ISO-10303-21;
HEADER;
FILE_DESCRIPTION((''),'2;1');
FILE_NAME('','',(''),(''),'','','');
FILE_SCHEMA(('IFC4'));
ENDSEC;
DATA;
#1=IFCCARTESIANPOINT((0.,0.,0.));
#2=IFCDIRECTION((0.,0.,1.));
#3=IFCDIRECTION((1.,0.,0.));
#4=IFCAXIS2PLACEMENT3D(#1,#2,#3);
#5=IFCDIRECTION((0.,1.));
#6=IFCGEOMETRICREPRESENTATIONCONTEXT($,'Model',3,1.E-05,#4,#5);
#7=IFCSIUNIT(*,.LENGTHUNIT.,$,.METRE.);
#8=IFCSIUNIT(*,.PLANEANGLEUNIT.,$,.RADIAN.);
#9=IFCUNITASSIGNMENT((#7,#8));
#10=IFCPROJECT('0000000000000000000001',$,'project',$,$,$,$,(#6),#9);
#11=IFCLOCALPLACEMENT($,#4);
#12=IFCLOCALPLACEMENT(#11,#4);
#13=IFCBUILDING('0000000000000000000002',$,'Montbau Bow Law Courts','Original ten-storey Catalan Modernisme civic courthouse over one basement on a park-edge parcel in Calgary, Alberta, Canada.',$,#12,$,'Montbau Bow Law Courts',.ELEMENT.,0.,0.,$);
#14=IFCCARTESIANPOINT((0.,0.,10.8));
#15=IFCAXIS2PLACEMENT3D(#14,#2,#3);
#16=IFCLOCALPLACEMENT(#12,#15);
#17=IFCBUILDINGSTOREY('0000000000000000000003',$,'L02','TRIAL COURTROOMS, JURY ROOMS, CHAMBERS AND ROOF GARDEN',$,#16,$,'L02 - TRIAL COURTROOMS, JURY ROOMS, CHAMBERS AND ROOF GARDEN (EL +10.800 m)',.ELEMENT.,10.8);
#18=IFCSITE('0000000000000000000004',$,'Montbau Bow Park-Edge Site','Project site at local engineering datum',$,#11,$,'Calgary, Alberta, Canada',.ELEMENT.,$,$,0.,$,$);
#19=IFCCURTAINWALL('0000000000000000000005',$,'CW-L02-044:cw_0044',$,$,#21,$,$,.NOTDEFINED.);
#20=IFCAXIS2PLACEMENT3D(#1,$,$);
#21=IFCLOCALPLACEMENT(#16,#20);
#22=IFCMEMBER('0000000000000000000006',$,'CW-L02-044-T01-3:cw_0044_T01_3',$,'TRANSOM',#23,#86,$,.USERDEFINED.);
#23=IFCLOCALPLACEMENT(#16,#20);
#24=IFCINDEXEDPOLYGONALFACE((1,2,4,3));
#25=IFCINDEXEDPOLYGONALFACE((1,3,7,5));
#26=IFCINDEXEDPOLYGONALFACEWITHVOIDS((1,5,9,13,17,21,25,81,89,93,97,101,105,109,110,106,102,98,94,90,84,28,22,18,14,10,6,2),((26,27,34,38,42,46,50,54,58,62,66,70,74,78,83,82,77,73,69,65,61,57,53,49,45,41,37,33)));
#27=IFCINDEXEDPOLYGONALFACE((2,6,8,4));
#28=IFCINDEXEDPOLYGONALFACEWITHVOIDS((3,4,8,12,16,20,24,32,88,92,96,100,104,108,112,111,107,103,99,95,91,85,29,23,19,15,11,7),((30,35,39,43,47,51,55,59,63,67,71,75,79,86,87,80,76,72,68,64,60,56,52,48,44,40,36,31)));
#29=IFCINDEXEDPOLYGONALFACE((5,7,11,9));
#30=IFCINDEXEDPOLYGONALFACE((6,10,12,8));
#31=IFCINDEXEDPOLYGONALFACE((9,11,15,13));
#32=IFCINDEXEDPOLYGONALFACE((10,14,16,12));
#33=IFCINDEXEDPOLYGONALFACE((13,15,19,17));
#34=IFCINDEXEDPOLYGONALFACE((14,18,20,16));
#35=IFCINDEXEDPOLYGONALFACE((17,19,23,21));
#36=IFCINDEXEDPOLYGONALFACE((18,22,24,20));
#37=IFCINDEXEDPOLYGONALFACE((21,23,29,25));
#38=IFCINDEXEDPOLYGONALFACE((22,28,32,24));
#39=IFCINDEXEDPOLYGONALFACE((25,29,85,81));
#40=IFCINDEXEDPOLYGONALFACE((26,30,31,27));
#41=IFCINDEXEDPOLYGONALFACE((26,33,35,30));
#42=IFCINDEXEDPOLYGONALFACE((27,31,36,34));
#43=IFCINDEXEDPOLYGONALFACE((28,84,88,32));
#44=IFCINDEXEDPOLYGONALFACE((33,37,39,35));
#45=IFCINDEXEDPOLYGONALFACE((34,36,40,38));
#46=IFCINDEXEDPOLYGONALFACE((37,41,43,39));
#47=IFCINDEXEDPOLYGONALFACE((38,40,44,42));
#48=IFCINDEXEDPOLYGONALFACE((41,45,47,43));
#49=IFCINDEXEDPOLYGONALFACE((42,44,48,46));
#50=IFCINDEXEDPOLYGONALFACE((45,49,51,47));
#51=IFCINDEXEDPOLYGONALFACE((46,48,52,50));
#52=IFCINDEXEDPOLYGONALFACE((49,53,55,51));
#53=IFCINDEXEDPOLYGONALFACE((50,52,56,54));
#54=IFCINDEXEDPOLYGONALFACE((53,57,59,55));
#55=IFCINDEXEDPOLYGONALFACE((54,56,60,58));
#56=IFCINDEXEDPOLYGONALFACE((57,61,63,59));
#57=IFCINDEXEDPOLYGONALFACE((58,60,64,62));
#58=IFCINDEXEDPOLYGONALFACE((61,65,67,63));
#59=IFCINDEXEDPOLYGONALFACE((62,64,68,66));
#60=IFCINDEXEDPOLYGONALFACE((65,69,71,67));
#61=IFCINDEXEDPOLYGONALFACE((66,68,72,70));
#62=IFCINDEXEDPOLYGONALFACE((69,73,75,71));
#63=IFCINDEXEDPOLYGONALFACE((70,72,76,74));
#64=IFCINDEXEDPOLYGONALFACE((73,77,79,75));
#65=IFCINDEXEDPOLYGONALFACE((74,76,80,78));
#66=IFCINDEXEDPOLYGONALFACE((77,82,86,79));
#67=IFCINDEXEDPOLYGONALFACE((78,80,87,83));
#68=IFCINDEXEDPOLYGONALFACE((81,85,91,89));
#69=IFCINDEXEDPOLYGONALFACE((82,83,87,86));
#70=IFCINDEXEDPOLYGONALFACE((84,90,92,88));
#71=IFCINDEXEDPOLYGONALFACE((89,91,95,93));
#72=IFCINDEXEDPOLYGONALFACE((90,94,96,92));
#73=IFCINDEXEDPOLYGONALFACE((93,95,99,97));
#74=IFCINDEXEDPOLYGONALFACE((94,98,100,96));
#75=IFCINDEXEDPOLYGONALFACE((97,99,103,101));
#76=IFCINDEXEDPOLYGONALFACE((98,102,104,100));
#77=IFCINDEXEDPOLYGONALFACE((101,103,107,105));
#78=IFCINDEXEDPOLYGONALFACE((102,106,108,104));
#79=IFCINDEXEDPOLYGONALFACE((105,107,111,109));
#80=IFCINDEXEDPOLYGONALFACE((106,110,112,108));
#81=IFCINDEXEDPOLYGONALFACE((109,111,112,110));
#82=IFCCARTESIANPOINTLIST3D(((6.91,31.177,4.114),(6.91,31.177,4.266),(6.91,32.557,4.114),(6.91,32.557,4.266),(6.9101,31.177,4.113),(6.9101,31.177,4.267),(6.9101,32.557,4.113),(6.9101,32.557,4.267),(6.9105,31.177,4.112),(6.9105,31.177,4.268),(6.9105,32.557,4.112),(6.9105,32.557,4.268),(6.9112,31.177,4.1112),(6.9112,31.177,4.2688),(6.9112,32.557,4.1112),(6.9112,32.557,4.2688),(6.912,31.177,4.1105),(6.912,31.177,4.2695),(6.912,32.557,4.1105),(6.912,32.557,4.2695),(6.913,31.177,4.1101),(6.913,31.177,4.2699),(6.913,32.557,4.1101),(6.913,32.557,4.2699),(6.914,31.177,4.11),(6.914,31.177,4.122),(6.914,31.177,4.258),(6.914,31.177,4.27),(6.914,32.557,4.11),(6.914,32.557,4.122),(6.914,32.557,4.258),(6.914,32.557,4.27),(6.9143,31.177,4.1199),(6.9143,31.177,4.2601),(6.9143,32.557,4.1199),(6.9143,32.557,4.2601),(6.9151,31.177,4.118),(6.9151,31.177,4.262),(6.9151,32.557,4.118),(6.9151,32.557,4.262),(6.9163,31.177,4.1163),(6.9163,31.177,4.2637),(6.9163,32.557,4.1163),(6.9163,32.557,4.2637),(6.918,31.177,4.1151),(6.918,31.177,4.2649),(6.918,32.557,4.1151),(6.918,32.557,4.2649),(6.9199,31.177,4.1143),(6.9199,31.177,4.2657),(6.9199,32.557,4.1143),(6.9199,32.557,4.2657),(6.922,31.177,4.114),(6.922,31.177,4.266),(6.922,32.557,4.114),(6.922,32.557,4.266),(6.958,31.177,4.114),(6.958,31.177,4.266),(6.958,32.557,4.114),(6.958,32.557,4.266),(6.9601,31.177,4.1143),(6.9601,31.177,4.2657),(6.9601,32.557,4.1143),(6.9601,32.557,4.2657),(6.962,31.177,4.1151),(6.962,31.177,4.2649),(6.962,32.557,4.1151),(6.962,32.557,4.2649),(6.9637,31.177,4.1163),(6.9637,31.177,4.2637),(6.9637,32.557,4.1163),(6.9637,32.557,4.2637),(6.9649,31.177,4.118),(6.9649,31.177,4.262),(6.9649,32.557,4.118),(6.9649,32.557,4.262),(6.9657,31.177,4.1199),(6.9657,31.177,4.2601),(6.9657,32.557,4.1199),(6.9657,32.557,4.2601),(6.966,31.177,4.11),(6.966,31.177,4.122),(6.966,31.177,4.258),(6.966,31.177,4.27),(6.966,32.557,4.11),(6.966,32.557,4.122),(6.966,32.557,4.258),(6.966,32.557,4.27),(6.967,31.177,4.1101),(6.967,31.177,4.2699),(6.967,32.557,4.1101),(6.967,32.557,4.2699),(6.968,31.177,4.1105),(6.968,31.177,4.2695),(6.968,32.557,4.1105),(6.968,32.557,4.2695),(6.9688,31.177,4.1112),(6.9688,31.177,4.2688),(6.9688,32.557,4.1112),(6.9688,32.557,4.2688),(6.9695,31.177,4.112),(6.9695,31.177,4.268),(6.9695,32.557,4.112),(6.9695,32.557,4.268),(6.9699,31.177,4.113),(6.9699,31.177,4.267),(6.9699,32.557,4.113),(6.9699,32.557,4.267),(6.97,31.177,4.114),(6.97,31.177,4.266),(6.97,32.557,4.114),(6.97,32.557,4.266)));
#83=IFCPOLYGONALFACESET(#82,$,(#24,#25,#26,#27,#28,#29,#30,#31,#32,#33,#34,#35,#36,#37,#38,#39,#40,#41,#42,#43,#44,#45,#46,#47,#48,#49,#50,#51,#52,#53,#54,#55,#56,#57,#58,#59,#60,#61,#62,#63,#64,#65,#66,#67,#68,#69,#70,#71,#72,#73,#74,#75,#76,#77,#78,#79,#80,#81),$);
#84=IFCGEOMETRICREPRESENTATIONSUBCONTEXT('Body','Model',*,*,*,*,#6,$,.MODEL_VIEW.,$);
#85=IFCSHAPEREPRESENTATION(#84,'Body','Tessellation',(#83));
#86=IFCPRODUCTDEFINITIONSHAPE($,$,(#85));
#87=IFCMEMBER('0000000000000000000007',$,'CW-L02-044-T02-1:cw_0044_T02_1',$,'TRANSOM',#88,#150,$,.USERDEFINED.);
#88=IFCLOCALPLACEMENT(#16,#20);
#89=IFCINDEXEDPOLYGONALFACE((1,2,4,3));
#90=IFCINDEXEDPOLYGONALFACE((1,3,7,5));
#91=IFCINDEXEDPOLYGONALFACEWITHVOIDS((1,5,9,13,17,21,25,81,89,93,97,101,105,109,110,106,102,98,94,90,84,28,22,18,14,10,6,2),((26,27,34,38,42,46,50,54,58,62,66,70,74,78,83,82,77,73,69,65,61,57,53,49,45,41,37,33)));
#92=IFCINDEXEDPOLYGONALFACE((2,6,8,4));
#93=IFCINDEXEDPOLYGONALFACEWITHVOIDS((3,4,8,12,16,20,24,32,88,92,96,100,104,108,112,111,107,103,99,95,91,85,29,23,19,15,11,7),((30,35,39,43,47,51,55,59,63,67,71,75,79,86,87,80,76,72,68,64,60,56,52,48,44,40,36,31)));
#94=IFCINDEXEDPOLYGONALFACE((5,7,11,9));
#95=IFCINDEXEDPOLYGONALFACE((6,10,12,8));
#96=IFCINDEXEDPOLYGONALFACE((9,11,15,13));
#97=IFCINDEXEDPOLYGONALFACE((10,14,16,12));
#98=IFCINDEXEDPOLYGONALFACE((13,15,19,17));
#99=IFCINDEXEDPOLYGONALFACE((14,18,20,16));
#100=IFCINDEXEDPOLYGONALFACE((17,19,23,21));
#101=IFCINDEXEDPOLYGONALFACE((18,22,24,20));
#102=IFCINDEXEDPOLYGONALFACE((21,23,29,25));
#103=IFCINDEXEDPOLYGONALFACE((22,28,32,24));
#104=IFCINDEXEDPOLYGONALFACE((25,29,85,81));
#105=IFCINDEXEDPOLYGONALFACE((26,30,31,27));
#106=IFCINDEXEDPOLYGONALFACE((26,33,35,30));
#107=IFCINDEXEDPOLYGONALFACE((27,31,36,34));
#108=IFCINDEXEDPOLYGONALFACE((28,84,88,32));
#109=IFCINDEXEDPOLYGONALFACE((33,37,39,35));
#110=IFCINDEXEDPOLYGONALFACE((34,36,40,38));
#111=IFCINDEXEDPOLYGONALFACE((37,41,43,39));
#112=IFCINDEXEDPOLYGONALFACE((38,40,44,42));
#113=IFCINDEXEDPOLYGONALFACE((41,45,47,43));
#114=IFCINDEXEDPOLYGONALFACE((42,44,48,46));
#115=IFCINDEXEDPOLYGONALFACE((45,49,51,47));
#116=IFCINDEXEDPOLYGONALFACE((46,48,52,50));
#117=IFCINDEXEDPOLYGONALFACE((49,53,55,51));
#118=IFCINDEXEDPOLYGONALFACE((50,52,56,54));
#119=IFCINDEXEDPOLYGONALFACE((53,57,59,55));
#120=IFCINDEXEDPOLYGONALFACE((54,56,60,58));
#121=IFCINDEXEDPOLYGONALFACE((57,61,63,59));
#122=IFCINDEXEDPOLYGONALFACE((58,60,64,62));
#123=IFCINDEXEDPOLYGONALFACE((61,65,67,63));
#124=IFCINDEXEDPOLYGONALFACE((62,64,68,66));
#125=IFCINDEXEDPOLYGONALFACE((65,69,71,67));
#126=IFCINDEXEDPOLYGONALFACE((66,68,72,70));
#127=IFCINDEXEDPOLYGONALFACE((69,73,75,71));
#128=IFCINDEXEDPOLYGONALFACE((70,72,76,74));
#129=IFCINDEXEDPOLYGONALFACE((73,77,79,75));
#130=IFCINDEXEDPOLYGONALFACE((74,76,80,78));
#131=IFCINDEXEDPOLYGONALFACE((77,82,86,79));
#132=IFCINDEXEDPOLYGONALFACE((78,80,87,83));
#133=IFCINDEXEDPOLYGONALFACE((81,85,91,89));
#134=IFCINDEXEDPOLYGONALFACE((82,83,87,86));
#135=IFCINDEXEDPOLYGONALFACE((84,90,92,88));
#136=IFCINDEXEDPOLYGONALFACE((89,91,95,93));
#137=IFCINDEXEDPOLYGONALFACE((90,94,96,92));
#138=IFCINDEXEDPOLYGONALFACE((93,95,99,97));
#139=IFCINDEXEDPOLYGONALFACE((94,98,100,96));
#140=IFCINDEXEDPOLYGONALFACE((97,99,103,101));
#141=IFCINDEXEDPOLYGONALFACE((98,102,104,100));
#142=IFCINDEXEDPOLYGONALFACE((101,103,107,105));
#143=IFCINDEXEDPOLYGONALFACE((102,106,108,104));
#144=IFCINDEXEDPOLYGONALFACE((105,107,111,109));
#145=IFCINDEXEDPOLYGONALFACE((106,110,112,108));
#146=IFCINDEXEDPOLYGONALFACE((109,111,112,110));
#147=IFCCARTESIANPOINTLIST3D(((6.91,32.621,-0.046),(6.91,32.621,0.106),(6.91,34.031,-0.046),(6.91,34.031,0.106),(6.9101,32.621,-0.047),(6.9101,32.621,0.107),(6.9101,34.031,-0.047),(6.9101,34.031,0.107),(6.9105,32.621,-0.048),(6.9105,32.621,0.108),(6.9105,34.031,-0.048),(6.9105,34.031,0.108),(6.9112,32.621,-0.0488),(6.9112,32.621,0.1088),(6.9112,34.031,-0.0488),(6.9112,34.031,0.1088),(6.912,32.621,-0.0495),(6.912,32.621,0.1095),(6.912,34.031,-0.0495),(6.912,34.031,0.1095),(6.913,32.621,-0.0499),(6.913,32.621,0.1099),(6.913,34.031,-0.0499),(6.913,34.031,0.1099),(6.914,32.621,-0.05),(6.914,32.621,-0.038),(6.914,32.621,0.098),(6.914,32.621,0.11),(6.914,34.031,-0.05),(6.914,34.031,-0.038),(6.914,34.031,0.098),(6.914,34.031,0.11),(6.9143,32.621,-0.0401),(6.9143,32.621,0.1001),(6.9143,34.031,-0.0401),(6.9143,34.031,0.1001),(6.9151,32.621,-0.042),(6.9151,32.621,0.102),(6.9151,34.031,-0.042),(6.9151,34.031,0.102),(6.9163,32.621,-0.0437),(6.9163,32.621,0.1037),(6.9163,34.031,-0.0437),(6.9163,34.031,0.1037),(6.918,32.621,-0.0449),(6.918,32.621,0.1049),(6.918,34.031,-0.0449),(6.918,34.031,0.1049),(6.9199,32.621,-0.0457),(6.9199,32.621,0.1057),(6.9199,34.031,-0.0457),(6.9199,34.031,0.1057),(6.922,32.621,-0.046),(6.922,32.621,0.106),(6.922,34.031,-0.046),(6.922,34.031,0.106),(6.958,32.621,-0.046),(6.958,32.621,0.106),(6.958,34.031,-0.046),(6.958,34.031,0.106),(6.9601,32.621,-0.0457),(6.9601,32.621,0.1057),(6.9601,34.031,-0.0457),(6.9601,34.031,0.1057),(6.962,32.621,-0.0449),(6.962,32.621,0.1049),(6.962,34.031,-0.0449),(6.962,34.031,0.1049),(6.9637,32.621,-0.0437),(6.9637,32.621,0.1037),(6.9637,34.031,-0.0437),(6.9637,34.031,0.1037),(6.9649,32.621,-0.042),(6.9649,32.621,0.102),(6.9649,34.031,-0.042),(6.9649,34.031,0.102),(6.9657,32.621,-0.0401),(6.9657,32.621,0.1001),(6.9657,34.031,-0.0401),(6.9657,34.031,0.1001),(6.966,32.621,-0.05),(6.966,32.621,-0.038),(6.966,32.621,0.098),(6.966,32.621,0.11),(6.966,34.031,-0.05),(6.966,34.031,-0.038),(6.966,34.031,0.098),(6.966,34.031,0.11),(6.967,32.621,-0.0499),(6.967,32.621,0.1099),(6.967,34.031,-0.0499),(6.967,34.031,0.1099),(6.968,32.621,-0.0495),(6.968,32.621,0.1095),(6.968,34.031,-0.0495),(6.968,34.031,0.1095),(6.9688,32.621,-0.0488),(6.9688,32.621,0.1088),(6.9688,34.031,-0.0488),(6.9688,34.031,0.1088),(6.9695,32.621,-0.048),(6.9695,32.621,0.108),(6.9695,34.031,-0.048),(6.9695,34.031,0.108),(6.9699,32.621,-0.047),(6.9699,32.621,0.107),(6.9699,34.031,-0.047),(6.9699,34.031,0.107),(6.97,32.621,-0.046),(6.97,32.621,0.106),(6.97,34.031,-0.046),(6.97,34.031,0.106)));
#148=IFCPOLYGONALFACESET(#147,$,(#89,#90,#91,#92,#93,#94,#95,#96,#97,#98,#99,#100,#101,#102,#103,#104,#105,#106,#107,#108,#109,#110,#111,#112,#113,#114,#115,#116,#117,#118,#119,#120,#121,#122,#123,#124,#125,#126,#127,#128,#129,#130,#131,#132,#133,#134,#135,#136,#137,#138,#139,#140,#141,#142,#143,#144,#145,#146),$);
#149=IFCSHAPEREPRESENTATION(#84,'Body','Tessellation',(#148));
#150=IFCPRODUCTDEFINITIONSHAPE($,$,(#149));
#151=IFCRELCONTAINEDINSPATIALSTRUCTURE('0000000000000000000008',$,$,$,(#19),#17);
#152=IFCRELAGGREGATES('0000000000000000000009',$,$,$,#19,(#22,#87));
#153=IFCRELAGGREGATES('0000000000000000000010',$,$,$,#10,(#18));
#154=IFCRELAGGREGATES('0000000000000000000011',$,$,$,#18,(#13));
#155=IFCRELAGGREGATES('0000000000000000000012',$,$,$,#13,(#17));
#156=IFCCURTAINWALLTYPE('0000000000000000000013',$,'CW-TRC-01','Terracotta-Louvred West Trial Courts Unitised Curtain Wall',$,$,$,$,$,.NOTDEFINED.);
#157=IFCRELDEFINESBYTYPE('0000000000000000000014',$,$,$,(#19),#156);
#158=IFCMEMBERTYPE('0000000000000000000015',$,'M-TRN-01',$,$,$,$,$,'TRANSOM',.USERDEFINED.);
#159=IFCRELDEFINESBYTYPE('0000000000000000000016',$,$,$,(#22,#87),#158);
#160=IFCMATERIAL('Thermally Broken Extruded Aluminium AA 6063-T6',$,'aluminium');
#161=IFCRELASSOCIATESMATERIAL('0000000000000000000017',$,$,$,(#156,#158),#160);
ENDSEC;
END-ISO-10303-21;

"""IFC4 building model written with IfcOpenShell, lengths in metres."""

from ifc_helpers import new_model, si_unit, direction, frame, origin_with_axes, origin_2d_with_axis, place, context, subcontext, project, spatial, hollow_rectangle, extrude, material, material_profile, profile_set, type_object, element, aggregate, save


model = new_model("IFC4")

# Units and contexts
model_context = context("Model", 3, precision=1e-05, world=origin_with_axes(), true_north=direction((0.0, 1.0)))
body_context = subcontext(model_context, "Body", "Model", "MODEL_VIEW")
ifc_project = project(units=[si_unit("LENGTHUNIT", "METRE"), si_unit("PLANEANGLEUNIT", "RADIAN")], contexts=[model_context])

# Site, building, storey
site_placement = place(None, origin_with_axes())
site = spatial("IfcSite", under=ifc_project, at=site_placement, Name="Montbau Bow Park-Edge Site", Description="Project site at local engineering datum", LongName="Calgary, Alberta, Canada", CompositionType="ELEMENT", RefElevation=0.0)
building_placement = place(site_placement, origin_with_axes())
building = spatial("IfcBuilding", under=site, at=building_placement, Name="Montbau Bow Law Courts", Description="Original ten-storey Catalan Modernisme civic courthouse over one basement on a park-edge parcel in Calgary, Alberta, Canada.", LongName="Montbau Bow Law Courts", CompositionType="ELEMENT", ElevationOfRefHeight=0.0, ElevationOfTerrain=0.0)
storey_placement = place(building_placement, frame((0.0, 0.0, 10.8), z_axis=(0.0, 0.0, 1.0), x_axis=(1.0, 0.0, 0.0)))
storey = spatial("IfcBuildingStorey", under=building, at=storey_placement, Name="L02", Description="TRIAL COURTROOMS, JURY ROOMS, CHAMBERS AND ROOF GARDEN", LongName="L02 - TRIAL COURTROOMS, JURY ROOMS, CHAMBERS AND ROOF GARDEN (EL +10.800 m)", CompositionType="ELEMENT", Elevation=10.8)

# Curtain wall, members
ifc_material_1 = material(Name="Thermally Broken Extruded Aluminium AA 6063-T6", Category="aluminium")
curtain_wall_type = type_object("IfcCurtainWallType", Name="CW-TRC-01", Description="Terracotta-Louvred West Trial Courts Unitised Curtain Wall", PredefinedType="NOTDEFINED", material=ifc_material_1)
curtain_wall_placement = place(None, frame((6.94, 31.115, 10.8), z_axis=(0.0, 0.0, 1.0), x_axis=(1.0, 0.0, 0.0)))
curtain_wall = element("IfcCurtainWall", 1, at=curtain_wall_placement, inside=storey, type_object=curtain_wall_type, Name="CW-L02-044:cw_0044", PredefinedType="NOTDEFINED")
ifc_material_profile_1 = material_profile(ifc_material_1, hollow_rectangle(XDim=0.06, YDim=0.16, WallThickness=0.004, InnerFilletRadius=0.008, OuterFilletRadius=0.004, at=origin_2d_with_axis()), Name="CWT-160X60", Category="Main", Priority=0)
ifc_profile_set_1 = profile_set([ifc_material_profile_1], Name="Thermally Broken Extruded Aluminium AA 6063-T6")
member_type_1 = type_object("IfcMemberType", Name="M-TRN-01", ElementType="TRANSOM", PredefinedType="USERDEFINED", material=ifc_profile_set_1)
member_1_placement = place(None, frame((6.94, 31.177, 14.99), z_axis=(0.0, 1.0, 0.0), x_axis=(-1.0, 0.0, 0.0)))
member_1 = element("IfcMember", 2, at=member_1_placement, type_object=member_type_1, Name="CW-L02-044-T01-3:cw_0044_T01_3", ObjectType="TRANSOM", PredefinedType="USERDEFINED", context=body_context, shape_type="SweptSolid", body=[
    extrude(hollow_rectangle(XDim=0.06, YDim=0.16, WallThickness=0.004, InnerFilletRadius=0.008, OuterFilletRadius=0.004, at=origin_2d_with_axis()), origin_with_axes(), (0.0, 0.0, 1.0), 1.38),
])
member_2_placement = place(None, frame((6.94, 32.621, 10.83), z_axis=(0.0, 1.0, 0.0), x_axis=(-1.0, 0.0, 0.0)))
member_2 = element("IfcMember", 3, at=member_2_placement, type_object=member_type_1, Name="CW-L02-044-T02-1:cw_0044_T02_1", ObjectType="TRANSOM", PredefinedType="USERDEFINED", context=body_context, shape_type="SweptSolid", body=[
    extrude(hollow_rectangle(XDim=0.06, YDim=0.16, WallThickness=0.004, InnerFilletRadius=0.008, OuterFilletRadius=0.004, at=origin_2d_with_axis()), origin_with_axes(), (0.0, 0.0, 1.0), 1.41),
])
aggregate(curtain_wall, [member_1, member_2])

save(model, "model.ifc")
